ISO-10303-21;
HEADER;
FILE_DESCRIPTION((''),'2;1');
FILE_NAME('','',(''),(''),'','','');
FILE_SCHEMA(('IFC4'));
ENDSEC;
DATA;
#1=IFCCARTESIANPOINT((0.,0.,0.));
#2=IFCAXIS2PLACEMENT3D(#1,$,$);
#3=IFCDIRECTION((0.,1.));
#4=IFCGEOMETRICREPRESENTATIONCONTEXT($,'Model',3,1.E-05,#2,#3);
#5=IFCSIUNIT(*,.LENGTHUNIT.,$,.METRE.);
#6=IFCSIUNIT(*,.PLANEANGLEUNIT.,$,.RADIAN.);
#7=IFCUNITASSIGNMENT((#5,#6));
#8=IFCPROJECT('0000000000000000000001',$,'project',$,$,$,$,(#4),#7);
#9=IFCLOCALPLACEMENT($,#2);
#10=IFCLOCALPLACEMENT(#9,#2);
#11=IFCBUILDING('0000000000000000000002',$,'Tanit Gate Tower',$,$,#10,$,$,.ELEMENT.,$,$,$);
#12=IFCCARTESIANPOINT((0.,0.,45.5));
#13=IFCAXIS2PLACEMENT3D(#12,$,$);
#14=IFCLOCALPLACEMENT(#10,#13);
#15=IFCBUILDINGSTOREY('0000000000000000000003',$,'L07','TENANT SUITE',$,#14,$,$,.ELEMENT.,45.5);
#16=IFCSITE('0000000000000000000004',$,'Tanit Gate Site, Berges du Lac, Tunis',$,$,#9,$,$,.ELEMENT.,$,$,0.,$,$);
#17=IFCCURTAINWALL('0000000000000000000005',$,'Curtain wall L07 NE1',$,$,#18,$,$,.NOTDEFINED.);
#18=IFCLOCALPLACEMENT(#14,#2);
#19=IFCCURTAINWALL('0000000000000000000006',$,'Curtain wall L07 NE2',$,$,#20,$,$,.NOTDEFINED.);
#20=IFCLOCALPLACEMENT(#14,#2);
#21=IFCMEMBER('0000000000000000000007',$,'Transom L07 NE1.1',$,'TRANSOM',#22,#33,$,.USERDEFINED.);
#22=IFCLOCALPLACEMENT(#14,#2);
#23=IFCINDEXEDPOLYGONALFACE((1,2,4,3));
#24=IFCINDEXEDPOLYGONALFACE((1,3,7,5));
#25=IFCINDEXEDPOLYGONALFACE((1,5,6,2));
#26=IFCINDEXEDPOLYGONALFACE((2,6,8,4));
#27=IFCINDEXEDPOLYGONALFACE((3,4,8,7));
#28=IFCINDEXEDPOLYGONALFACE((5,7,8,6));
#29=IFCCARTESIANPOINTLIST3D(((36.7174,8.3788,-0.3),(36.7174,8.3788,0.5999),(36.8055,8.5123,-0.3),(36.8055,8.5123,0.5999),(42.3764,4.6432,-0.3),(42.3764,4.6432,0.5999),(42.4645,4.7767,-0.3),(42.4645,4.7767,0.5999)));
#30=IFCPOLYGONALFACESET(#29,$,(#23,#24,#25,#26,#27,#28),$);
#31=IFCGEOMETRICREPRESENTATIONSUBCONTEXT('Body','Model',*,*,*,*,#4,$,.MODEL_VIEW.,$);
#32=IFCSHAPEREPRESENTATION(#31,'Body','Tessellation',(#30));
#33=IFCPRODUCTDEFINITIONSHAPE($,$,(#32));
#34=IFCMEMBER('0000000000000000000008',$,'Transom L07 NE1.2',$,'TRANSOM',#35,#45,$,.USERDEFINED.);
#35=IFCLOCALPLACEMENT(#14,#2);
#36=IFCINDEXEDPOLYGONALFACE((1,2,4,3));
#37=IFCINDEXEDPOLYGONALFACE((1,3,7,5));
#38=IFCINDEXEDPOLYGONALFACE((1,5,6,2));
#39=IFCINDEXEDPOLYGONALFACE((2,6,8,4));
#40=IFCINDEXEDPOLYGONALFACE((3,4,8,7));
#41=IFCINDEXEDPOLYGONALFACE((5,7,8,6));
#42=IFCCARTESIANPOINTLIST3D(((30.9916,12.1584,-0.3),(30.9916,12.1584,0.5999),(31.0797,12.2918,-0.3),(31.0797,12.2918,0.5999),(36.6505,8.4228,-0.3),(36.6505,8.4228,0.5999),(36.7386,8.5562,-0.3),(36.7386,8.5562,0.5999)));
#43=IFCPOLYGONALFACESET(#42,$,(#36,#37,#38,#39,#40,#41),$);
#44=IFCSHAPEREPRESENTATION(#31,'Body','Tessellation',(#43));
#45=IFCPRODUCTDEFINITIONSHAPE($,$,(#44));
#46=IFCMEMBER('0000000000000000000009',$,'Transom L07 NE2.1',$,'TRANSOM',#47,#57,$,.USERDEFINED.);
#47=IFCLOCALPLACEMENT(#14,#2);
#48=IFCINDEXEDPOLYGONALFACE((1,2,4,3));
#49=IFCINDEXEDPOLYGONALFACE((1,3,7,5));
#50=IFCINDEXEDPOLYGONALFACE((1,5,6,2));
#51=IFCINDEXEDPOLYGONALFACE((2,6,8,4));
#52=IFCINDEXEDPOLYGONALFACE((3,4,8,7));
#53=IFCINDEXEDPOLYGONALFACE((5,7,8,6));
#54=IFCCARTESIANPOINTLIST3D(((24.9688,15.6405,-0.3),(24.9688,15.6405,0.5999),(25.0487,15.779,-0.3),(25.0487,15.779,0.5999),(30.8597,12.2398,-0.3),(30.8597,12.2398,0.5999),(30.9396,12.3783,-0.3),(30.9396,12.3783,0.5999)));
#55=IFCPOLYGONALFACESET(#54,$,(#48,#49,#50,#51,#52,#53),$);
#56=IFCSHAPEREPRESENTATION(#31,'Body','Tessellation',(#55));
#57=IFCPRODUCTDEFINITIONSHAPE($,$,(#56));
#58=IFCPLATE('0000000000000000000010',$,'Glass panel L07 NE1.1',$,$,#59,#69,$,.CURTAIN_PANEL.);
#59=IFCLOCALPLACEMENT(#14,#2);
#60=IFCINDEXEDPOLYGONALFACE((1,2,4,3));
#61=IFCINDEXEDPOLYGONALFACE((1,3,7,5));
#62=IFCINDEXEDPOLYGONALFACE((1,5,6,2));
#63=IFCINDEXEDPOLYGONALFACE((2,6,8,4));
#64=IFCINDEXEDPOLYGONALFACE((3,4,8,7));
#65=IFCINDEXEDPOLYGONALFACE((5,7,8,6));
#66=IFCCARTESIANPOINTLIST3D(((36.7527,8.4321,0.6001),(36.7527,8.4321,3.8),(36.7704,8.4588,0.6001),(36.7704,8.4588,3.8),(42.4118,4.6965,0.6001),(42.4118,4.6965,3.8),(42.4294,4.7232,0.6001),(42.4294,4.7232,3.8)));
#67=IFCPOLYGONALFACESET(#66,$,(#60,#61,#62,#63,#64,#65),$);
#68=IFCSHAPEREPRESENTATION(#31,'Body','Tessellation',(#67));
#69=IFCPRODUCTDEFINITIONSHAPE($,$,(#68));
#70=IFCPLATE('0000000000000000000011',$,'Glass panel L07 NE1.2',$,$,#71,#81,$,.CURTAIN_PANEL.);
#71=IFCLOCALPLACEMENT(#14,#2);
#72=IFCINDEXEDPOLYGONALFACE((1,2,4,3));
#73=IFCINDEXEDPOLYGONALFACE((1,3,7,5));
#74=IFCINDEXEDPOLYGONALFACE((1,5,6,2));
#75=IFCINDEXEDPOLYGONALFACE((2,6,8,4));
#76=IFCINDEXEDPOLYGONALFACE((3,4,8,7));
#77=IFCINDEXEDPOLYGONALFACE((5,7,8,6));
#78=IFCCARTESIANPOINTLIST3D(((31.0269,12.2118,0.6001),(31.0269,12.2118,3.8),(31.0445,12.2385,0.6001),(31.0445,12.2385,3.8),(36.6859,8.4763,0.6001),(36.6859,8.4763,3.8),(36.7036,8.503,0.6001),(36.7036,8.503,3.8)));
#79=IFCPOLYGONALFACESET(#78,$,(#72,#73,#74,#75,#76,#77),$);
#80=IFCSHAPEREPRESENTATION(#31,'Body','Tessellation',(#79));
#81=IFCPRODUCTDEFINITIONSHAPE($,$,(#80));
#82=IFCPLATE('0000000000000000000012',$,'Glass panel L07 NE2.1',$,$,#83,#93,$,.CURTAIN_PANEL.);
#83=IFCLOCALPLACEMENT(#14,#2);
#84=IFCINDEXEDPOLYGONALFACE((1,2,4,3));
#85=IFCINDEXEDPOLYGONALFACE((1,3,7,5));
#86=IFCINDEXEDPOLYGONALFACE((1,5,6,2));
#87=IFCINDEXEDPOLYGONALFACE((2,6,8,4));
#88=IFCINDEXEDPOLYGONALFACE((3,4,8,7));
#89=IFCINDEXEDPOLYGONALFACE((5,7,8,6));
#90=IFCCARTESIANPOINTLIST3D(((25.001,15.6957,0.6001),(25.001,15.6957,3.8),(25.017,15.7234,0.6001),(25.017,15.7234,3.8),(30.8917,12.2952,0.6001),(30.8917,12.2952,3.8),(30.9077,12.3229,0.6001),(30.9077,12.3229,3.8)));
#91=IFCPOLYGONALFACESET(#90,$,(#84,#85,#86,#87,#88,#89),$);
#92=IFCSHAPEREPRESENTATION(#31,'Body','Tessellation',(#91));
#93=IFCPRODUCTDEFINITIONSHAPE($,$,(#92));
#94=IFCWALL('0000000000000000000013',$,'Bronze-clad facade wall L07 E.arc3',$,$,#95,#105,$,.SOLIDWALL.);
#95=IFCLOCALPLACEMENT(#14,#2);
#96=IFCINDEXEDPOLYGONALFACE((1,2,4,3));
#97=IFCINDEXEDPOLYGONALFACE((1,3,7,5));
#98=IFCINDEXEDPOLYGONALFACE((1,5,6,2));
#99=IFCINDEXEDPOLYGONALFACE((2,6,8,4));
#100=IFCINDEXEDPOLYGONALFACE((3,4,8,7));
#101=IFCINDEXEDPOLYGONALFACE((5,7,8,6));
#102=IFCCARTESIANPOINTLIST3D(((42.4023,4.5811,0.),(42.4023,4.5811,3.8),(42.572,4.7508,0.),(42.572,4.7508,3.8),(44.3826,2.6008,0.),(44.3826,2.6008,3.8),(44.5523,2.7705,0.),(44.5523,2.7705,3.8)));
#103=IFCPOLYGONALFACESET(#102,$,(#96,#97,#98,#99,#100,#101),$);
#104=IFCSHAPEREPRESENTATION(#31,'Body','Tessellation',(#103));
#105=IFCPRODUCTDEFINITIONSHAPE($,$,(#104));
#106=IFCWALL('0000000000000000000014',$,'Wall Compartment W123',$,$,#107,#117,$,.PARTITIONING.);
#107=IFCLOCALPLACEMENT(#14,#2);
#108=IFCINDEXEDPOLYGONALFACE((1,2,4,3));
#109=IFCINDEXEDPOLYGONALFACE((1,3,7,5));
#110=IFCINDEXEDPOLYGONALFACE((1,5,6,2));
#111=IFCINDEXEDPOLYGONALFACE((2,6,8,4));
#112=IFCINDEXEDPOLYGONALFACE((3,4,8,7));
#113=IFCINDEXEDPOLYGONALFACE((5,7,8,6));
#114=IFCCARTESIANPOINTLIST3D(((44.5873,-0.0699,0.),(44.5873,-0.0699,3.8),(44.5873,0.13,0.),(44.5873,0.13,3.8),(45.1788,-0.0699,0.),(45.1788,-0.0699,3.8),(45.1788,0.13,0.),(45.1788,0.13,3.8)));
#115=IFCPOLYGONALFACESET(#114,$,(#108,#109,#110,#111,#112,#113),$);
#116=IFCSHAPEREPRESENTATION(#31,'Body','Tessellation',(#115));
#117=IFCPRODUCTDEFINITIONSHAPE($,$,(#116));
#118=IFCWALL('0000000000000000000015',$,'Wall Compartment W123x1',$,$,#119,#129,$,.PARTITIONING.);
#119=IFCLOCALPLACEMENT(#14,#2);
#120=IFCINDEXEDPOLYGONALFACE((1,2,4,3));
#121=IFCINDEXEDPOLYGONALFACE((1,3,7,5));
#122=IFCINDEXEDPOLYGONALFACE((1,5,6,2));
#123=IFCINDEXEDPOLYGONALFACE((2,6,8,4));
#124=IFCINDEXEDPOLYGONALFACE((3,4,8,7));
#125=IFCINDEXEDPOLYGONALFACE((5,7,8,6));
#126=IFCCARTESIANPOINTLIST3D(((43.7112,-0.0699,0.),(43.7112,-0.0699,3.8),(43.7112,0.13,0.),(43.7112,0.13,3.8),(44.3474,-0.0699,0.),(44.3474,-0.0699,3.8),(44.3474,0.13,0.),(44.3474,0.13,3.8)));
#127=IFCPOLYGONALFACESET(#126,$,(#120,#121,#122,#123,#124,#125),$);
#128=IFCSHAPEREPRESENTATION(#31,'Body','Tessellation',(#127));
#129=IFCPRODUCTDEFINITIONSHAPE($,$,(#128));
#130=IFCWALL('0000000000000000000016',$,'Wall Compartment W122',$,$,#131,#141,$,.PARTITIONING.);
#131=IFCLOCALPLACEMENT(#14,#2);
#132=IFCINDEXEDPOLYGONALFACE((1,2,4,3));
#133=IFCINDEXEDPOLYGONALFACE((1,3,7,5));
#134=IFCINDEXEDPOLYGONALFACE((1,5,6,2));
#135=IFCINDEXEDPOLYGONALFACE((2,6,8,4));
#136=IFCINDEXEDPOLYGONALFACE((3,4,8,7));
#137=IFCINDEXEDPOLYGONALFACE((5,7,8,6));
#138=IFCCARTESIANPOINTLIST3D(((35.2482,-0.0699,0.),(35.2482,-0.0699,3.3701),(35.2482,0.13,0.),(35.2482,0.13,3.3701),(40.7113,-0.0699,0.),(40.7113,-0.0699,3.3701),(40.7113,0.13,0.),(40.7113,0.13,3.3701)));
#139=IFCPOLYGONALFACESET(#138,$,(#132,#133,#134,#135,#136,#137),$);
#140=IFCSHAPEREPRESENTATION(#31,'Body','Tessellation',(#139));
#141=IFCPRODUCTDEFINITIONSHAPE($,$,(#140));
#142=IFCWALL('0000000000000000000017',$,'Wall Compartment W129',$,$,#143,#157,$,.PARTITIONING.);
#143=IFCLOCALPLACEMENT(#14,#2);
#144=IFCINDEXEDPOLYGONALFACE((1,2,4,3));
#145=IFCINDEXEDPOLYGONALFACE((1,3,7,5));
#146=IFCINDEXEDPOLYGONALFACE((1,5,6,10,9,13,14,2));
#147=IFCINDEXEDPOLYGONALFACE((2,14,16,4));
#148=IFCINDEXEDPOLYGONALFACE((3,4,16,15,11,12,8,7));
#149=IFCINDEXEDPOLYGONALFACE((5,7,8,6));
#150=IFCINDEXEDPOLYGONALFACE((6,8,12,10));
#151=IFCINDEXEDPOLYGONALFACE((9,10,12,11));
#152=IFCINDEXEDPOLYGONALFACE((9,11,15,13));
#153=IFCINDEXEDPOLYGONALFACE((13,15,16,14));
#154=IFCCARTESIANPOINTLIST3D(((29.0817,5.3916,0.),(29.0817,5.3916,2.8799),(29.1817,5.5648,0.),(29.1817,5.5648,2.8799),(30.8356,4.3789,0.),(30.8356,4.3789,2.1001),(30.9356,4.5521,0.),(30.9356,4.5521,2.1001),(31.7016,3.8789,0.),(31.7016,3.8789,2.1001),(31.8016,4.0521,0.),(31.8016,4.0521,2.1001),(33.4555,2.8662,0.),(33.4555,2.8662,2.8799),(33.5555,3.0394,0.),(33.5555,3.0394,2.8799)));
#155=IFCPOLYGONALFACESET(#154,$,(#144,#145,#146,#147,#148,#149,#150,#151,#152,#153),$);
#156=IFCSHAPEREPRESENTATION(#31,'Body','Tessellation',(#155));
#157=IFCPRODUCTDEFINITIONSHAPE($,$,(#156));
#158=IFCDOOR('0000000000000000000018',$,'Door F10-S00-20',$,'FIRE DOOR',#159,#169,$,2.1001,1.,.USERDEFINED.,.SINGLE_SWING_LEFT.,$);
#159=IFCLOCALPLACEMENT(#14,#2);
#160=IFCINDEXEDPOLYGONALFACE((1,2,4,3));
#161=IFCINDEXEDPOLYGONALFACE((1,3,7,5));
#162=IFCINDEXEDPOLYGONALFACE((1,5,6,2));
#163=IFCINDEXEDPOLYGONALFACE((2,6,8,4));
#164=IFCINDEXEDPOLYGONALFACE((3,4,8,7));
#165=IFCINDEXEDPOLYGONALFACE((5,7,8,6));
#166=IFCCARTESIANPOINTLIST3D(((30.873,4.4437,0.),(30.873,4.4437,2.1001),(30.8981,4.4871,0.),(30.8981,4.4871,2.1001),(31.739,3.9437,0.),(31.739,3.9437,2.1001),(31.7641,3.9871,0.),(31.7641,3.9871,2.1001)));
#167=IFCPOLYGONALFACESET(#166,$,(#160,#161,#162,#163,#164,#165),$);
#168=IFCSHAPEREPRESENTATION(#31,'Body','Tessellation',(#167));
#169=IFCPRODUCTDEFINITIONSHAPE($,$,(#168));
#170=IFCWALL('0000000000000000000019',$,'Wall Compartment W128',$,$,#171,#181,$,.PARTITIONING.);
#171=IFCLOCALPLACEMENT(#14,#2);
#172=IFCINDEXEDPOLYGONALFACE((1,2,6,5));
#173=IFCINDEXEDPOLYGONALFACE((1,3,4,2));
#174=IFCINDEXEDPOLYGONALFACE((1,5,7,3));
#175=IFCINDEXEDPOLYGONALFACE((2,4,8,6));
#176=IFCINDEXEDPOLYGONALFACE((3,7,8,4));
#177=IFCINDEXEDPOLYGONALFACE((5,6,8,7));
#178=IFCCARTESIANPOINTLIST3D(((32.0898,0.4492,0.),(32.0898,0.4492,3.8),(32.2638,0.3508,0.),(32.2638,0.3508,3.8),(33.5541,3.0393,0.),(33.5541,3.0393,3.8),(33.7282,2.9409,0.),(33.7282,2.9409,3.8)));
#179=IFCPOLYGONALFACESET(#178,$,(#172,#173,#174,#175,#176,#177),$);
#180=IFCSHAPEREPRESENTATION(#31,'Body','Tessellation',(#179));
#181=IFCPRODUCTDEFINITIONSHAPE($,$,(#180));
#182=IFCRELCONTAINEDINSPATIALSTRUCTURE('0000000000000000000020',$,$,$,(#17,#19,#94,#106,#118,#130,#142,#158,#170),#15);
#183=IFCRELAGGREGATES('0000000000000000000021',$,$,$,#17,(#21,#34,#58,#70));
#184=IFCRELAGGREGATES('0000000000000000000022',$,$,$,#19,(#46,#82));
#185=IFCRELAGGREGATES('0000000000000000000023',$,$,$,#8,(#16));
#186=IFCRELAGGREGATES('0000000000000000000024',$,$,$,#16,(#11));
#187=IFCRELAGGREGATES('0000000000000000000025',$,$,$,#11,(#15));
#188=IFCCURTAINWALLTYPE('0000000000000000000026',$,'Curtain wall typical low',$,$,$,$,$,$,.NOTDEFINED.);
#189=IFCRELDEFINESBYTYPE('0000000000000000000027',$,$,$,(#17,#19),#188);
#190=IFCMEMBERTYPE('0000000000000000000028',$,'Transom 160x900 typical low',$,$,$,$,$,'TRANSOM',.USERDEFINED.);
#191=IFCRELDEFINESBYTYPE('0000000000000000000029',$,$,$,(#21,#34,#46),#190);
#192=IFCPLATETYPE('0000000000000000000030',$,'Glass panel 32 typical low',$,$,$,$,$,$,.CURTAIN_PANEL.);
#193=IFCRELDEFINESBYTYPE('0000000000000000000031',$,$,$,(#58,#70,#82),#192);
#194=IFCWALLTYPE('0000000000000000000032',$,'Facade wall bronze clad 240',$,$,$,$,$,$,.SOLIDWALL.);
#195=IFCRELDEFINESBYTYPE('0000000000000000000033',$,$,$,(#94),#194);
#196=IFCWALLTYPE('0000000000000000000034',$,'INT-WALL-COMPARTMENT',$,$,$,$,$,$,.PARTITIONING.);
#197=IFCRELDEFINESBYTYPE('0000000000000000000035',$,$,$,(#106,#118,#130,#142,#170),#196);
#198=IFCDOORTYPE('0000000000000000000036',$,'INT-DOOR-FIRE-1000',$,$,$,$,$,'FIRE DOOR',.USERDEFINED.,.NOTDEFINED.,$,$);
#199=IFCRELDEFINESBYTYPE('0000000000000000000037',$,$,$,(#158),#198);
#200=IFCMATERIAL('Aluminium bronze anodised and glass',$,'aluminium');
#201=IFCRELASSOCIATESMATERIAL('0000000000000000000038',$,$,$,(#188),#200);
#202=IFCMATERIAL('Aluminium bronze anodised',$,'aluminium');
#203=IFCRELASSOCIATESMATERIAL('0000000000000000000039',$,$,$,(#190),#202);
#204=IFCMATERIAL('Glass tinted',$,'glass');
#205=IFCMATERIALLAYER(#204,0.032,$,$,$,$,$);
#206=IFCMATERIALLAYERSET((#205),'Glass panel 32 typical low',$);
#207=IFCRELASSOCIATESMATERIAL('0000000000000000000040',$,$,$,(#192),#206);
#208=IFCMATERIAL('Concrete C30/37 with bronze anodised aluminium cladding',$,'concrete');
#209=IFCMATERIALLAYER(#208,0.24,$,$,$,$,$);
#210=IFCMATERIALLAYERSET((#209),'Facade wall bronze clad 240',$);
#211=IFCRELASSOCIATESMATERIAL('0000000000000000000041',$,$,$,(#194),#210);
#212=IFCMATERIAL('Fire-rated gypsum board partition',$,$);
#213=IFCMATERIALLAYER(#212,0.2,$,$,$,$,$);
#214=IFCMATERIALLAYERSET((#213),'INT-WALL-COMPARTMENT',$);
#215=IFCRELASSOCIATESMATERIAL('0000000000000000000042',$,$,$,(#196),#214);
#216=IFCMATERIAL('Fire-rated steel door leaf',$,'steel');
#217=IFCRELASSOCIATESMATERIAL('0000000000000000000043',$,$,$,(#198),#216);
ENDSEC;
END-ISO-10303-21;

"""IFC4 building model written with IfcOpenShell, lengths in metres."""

from ifc_helpers import new_model, si_unit, direction, frame, frame_2d, origin, origin_2d, place, context, subcontext, project, spatial, rectangle, extrude, material, layer, layer_set, material_profile, profile_set, type_object, element, fill, aggregate, save


model = new_model("IFC4")

# Units and contexts
model_context = context("Model", 3, precision=1e-05, world=origin(), true_north=direction((0.0, 1.0)))
body_context = subcontext(model_context, "Body", "Model", "MODEL_VIEW")
ifc_project = project(units=[si_unit("LENGTHUNIT", "METRE"), si_unit("PLANEANGLEUNIT", "RADIAN")], contexts=[model_context])

# Site, building, storey
site_placement = place(None, origin())
site = spatial("IfcSite", under=ifc_project, at=site_placement, Name="Tanit Gate Site, Berges du Lac, Tunis", CompositionType="ELEMENT", RefElevation=0.0)
building_placement = place(site_placement, origin())
building = spatial("IfcBuilding", under=site, at=building_placement, Name="Tanit Gate Tower", CompositionType="ELEMENT")
storey_placement = place(building_placement, frame((0.0, 0.0, 45.5)))
storey = spatial("IfcBuildingStorey", under=building, at=storey_placement, Name="L07", Description="TENANT SUITE", CompositionType="ELEMENT", Elevation=45.5)

# Curtain walls
ifc_material_1 = material(Name="Aluminium bronze anodised and glass", Category="aluminium")
curtain_wall_type = type_object("IfcCurtainWallType", Name="Curtain wall typical low", PredefinedType="NOTDEFINED", material=ifc_material_1)
curtain_wall_1_placement = place(storey_placement, origin())
curtain_wall_1 = element("IfcCurtainWall", 1, at=curtain_wall_1_placement, inside=storey, type_object=curtain_wall_type, Name="Curtain wall L07 NE1", PredefinedType="NOTDEFINED")
curtain_wall_2_placement = place(storey_placement, origin())
curtain_wall_2 = element("IfcCurtainWall", 2, at=curtain_wall_2_placement, inside=storey, type_object=curtain_wall_type, Name="Curtain wall L07 NE2", PredefinedType="NOTDEFINED")

# Members
ifc_material_2 = material(Name="Aluminium bronze anodised", Category="aluminium")
ifc_material_profile_1 = material_profile(ifc_material_2, rectangle(XDim=0.1599, YDim=0.8999, at=origin_2d()), Name="160x900 bronze transom")
ifc_profile_set_1 = profile_set([ifc_material_profile_1], Name="Aluminium bronze anodised")
member_type_1 = type_object("IfcMemberType", Name="Transom 160x900 typical low", ElementType="TRANSOM", PredefinedType="USERDEFINED", material=ifc_profile_set_1)
member_1_placement = place(storey_placement, frame((42.4204, 4.71, 0.1499), z_axis=(-0.834562, 0.550914, 0.0), x_axis=(-0.550914, -0.834562, 0.0)))
member_1 = element("IfcMember", 3, at=member_1_placement, type_object=member_type_1, Name="Transom L07 NE1.1", ObjectType="TRANSOM", PredefinedType="USERDEFINED", context=body_context, shape_type="SweptSolid", body=[
    extrude(rectangle(XDim=0.1599, YDim=0.8999, at=origin_2d()), origin(), (0.0, 0.0, 1.0), 6.7808),
])
member_2_placement = place(storey_placement, frame((36.6946, 8.4895, 0.1499), z_axis=(-0.834562, 0.550914, 0.0), x_axis=(-0.550914, -0.834562, 0.0)))
member_2 = element("IfcMember", 4, at=member_2_placement, type_object=member_type_1, Name="Transom L07 NE1.2", ObjectType="TRANSOM", PredefinedType="USERDEFINED", context=body_context, shape_type="SweptSolid", body=[
    extrude(rectangle(XDim=0.1599, YDim=0.8999, at=origin_2d()), origin(), (0.0, 0.0, 1.0), 6.7808),
])
member_3_placement = place(storey_placement, frame((30.8997, 12.3091, 0.1499), z_axis=(-0.866055, 0.499949, 0.0), x_axis=(-0.499949, -0.866055, 0.0)))
member_3 = element("IfcMember", 5, at=member_3_placement, type_object=member_type_1, Name="Transom L07 NE2.1", ObjectType="TRANSOM", PredefinedType="USERDEFINED", context=body_context, shape_type="SweptSolid", body=[
    extrude(rectangle(XDim=0.1599, YDim=0.8999, at=origin_2d()), origin(), (0.0, 0.0, 1.0), 6.802),
])

# Plates
ifc_material_3 = material(Name="Glass tinted", Category="glass")
ifc_layer_1 = layer(ifc_material_3, 0.032)
ifc_layer_set_1 = layer_set([ifc_layer_1], Name="Glass panel 32 typical low")
plate_type = type_object("IfcPlateType", Name="Glass panel 32 typical low", PredefinedType="CURTAIN_PANEL", material=ifc_layer_set_1)
plate_1_placement = place(storey_placement, frame((39.5911, 6.5776, 0.6001), z_axis=(0.0, 0.0, 1.0), x_axis=(-0.834569, 0.550903, 0.0)))
plate_1 = element("IfcPlate", 6, at=plate_1_placement, type_object=plate_type, Name="Glass panel L07 NE1.1", PredefinedType="CURTAIN_PANEL", context=body_context, shape_type="SweptSolid", body=[
    extrude(rectangle(XDim=6.7808, YDim=0.032, at=origin_2d()), origin(), (0.0, 0.0, 1.0), 3.2),
])
plate_2_placement = place(storey_placement, frame((33.8652, 10.3574, 0.6001), z_axis=(0.0, 0.0, 1.0), x_axis=(-0.834569, 0.550903, 0.0)))
plate_2 = element("IfcPlate", 7, at=plate_2_placement, type_object=plate_type, Name="Glass panel L07 NE1.2", PredefinedType="CURTAIN_PANEL", context=body_context, shape_type="SweptSolid", body=[
    extrude(rectangle(XDim=6.7808, YDim=0.032, at=origin_2d()), origin(), (0.0, 0.0, 1.0), 3.2),
])
aggregate(curtain_wall_1, [member_1, member_2, plate_1, plate_2])
plate_3_placement = place(storey_placement, frame((27.9543, 14.0093, 0.6001), z_axis=(0.0, 0.0, 1.0), x_axis=(-0.86606, 0.49994, 0.0)))
plate_3 = element("IfcPlate", 8, at=plate_3_placement, type_object=plate_type, Name="Glass panel L07 NE2.1", PredefinedType="CURTAIN_PANEL", context=body_context, shape_type="SweptSolid", body=[
    extrude(rectangle(XDim=6.8018, YDim=0.032, at=origin_2d()), origin(), (0.0, 0.0, 1.0), 3.2),
])
aggregate(curtain_wall_2, [member_3, plate_3])

# Walls
ifc_material_4 = material(Name="Concrete C30/37 with bronze anodised aluminium cladding", Category="concrete")
ifc_layer_2 = layer(ifc_material_4, 0.24)
ifc_layer_set_2 = layer_set([ifc_layer_2], Name="Facade wall bronze clad 240")
wall_type_1 = type_object("IfcWallType", Name="Facade wall bronze clad 240", PredefinedType="SOLIDWALL", material=ifc_layer_set_2)
wall_1_placement = place(storey_placement, frame((44.4675, 2.6855, 0.0), z_axis=(0.0, 0.0, 1.0), x_axis=(-0.707107, 0.707107, 0.0)))
element("IfcWall", 9, at=wall_1_placement, inside=storey, type_object=wall_type_1, Name="Bronze-clad facade wall L07 E.arc3", PredefinedType="SOLIDWALL", context=body_context, shape_type="SweptSolid", body=[
    extrude(rectangle(XDim=2.8005, YDim=0.24, at=frame_2d((1.4004, 0.0))), origin(), (0.0, 0.0, 1.0), 3.8),
])
ifc_material_5 = material(Name="Fire-rated gypsum board partition")
ifc_layer_3 = layer(ifc_material_5, 0.2)
ifc_layer_set_3 = layer_set([ifc_layer_3], Name="INT-WALL-COMPARTMENT")
wall_type_2 = type_object("IfcWallType", Name="INT-WALL-COMPARTMENT", PredefinedType="PARTITIONING", material=ifc_layer_set_3)
wall_2_placement = place(storey_placement, frame((45.179, 0.03, 0.0), z_axis=(0.0, 0.0, 1.0), x_axis=(-1.0, 0.0, 0.0)))
element("IfcWall", 10, at=wall_2_placement, inside=storey, type_object=wall_type_2, Name="Wall Compartment W123", PredefinedType="PARTITIONING", context=body_context, shape_type="SweptSolid", body=[
    extrude(rectangle(XDim=0.5916, YDim=0.2, at=frame_2d((0.2959, 0.0))), origin(), (0.0, 0.0, 1.0), 3.8),
])
wall_3_placement = place(storey_placement, frame((44.3474, 0.03, 0.0), z_axis=(0.0, 0.0, 1.0), x_axis=(-1.0, 0.0, 0.0)))
element("IfcWall", 11, at=wall_3_placement, inside=storey, type_object=wall_type_2, Name="Wall Compartment W123x1", PredefinedType="PARTITIONING", context=body_context, shape_type="SweptSolid", body=[
    extrude(rectangle(XDim=0.6362, YDim=0.2, at=frame_2d((0.3181, 0.0))), origin(), (0.0, 0.0, 1.0), 3.8),
])
wall_4_placement = place(storey_placement, frame((40.7112, 0.03, 0.0), z_axis=(0.0, 0.0, 1.0), x_axis=(-1.0, 0.0, 0.0)))
element("IfcWall", 12, at=wall_4_placement, inside=storey, type_object=wall_type_2, Name="Wall Compartment W122", PredefinedType="PARTITIONING", context=body_context, shape_type="SweptSolid", body=[
    extrude(rectangle(XDim=5.4631, YDim=0.2, at=frame_2d((2.7314, 0.0))), origin(), (0.0, 0.0, 1.0), 3.3701),
])

# Wall, opening, door
wall_5_placement = place(storey_placement, frame((29.1316, 5.4783, 0.0), z_axis=(0.0, 0.0, 1.0), x_axis=(0.866009, -0.500028, 0.0)))
wall_5 = element("IfcWall", 13, at=wall_5_placement, inside=storey, type_object=wall_type_2, Name="Wall Compartment W129", PredefinedType="PARTITIONING", context=body_context, shape_type="SweptSolid", body=[
    extrude(rectangle(XDim=5.0505, YDim=0.2, at=frame_2d((2.5254, 0.0))), origin(), (0.0, 0.0, 1.0), 2.8799),
])
opening_placement = place(wall_5_placement, frame((2.0254, 0.0, 0.0)))
opening = element("IfcOpeningElement", 14, at=opening_placement, cuts=wall_5, PredefinedType="OPENING", context=body_context, shape_type="SweptSolid", body=[
    extrude(rectangle(XDim=1.0, YDim=2.1001, at=frame_2d((0.5, 1.05))), frame((0.0, 0.1099, 0.0), z_axis=(0.0, -1.0, 0.0), x_axis=(1.0, 0.0, 0.0)), (0.0, 0.0, 1.0), 0.22),
])
ifc_material_6 = material(Name="Fire-rated steel door leaf", Category="steel")
door_type = type_object("IfcDoorType", Name="INT-DOOR-FIRE-1000", ElementType="FIRE DOOR", OperationType="NOTDEFINED", PredefinedType="USERDEFINED", material=ifc_material_6)
door_placement = place(opening_placement, origin())
door = element("IfcDoor", 15, at=door_placement, inside=storey, type_object=door_type, Name="Door F10-S00-20", ObjectType="FIRE DOOR", OperationType="SINGLE_SWING_LEFT", OverallHeight=2.1001, OverallWidth=1.0, PredefinedType="USERDEFINED", context=body_context, shape_type="SweptSolid", body=[
    extrude(rectangle(XDim=1.0, YDim=2.1001, at=frame_2d((0.5, 1.05))), frame((0.0, 0.0249, 0.0), z_axis=(0.0, -1.0, 0.0), x_axis=(1.0, 0.0, 0.0)), (0.0, 0.0, 1.0), 0.05),
])
fill(opening, door)

# Wall
wall_6_placement = place(storey_placement, frame((32.1768, 0.3999, 0.0), z_axis=(0.0, 0.0, 1.0), x_axis=(0.492157, 0.870506, 0.0)))
element("IfcWall", 16, at=wall_6_placement, inside=storey, type_object=wall_type_2, Name="Wall Compartment W128", PredefinedType="PARTITIONING", context=body_context, shape_type="SweptSolid", body=[
    extrude(rectangle(XDim=2.9753, YDim=0.2, at=frame_2d((1.4878, 0.0))), origin(), (0.0, 0.0, 1.0), 3.8),
])

save(model, "model.ifc")
